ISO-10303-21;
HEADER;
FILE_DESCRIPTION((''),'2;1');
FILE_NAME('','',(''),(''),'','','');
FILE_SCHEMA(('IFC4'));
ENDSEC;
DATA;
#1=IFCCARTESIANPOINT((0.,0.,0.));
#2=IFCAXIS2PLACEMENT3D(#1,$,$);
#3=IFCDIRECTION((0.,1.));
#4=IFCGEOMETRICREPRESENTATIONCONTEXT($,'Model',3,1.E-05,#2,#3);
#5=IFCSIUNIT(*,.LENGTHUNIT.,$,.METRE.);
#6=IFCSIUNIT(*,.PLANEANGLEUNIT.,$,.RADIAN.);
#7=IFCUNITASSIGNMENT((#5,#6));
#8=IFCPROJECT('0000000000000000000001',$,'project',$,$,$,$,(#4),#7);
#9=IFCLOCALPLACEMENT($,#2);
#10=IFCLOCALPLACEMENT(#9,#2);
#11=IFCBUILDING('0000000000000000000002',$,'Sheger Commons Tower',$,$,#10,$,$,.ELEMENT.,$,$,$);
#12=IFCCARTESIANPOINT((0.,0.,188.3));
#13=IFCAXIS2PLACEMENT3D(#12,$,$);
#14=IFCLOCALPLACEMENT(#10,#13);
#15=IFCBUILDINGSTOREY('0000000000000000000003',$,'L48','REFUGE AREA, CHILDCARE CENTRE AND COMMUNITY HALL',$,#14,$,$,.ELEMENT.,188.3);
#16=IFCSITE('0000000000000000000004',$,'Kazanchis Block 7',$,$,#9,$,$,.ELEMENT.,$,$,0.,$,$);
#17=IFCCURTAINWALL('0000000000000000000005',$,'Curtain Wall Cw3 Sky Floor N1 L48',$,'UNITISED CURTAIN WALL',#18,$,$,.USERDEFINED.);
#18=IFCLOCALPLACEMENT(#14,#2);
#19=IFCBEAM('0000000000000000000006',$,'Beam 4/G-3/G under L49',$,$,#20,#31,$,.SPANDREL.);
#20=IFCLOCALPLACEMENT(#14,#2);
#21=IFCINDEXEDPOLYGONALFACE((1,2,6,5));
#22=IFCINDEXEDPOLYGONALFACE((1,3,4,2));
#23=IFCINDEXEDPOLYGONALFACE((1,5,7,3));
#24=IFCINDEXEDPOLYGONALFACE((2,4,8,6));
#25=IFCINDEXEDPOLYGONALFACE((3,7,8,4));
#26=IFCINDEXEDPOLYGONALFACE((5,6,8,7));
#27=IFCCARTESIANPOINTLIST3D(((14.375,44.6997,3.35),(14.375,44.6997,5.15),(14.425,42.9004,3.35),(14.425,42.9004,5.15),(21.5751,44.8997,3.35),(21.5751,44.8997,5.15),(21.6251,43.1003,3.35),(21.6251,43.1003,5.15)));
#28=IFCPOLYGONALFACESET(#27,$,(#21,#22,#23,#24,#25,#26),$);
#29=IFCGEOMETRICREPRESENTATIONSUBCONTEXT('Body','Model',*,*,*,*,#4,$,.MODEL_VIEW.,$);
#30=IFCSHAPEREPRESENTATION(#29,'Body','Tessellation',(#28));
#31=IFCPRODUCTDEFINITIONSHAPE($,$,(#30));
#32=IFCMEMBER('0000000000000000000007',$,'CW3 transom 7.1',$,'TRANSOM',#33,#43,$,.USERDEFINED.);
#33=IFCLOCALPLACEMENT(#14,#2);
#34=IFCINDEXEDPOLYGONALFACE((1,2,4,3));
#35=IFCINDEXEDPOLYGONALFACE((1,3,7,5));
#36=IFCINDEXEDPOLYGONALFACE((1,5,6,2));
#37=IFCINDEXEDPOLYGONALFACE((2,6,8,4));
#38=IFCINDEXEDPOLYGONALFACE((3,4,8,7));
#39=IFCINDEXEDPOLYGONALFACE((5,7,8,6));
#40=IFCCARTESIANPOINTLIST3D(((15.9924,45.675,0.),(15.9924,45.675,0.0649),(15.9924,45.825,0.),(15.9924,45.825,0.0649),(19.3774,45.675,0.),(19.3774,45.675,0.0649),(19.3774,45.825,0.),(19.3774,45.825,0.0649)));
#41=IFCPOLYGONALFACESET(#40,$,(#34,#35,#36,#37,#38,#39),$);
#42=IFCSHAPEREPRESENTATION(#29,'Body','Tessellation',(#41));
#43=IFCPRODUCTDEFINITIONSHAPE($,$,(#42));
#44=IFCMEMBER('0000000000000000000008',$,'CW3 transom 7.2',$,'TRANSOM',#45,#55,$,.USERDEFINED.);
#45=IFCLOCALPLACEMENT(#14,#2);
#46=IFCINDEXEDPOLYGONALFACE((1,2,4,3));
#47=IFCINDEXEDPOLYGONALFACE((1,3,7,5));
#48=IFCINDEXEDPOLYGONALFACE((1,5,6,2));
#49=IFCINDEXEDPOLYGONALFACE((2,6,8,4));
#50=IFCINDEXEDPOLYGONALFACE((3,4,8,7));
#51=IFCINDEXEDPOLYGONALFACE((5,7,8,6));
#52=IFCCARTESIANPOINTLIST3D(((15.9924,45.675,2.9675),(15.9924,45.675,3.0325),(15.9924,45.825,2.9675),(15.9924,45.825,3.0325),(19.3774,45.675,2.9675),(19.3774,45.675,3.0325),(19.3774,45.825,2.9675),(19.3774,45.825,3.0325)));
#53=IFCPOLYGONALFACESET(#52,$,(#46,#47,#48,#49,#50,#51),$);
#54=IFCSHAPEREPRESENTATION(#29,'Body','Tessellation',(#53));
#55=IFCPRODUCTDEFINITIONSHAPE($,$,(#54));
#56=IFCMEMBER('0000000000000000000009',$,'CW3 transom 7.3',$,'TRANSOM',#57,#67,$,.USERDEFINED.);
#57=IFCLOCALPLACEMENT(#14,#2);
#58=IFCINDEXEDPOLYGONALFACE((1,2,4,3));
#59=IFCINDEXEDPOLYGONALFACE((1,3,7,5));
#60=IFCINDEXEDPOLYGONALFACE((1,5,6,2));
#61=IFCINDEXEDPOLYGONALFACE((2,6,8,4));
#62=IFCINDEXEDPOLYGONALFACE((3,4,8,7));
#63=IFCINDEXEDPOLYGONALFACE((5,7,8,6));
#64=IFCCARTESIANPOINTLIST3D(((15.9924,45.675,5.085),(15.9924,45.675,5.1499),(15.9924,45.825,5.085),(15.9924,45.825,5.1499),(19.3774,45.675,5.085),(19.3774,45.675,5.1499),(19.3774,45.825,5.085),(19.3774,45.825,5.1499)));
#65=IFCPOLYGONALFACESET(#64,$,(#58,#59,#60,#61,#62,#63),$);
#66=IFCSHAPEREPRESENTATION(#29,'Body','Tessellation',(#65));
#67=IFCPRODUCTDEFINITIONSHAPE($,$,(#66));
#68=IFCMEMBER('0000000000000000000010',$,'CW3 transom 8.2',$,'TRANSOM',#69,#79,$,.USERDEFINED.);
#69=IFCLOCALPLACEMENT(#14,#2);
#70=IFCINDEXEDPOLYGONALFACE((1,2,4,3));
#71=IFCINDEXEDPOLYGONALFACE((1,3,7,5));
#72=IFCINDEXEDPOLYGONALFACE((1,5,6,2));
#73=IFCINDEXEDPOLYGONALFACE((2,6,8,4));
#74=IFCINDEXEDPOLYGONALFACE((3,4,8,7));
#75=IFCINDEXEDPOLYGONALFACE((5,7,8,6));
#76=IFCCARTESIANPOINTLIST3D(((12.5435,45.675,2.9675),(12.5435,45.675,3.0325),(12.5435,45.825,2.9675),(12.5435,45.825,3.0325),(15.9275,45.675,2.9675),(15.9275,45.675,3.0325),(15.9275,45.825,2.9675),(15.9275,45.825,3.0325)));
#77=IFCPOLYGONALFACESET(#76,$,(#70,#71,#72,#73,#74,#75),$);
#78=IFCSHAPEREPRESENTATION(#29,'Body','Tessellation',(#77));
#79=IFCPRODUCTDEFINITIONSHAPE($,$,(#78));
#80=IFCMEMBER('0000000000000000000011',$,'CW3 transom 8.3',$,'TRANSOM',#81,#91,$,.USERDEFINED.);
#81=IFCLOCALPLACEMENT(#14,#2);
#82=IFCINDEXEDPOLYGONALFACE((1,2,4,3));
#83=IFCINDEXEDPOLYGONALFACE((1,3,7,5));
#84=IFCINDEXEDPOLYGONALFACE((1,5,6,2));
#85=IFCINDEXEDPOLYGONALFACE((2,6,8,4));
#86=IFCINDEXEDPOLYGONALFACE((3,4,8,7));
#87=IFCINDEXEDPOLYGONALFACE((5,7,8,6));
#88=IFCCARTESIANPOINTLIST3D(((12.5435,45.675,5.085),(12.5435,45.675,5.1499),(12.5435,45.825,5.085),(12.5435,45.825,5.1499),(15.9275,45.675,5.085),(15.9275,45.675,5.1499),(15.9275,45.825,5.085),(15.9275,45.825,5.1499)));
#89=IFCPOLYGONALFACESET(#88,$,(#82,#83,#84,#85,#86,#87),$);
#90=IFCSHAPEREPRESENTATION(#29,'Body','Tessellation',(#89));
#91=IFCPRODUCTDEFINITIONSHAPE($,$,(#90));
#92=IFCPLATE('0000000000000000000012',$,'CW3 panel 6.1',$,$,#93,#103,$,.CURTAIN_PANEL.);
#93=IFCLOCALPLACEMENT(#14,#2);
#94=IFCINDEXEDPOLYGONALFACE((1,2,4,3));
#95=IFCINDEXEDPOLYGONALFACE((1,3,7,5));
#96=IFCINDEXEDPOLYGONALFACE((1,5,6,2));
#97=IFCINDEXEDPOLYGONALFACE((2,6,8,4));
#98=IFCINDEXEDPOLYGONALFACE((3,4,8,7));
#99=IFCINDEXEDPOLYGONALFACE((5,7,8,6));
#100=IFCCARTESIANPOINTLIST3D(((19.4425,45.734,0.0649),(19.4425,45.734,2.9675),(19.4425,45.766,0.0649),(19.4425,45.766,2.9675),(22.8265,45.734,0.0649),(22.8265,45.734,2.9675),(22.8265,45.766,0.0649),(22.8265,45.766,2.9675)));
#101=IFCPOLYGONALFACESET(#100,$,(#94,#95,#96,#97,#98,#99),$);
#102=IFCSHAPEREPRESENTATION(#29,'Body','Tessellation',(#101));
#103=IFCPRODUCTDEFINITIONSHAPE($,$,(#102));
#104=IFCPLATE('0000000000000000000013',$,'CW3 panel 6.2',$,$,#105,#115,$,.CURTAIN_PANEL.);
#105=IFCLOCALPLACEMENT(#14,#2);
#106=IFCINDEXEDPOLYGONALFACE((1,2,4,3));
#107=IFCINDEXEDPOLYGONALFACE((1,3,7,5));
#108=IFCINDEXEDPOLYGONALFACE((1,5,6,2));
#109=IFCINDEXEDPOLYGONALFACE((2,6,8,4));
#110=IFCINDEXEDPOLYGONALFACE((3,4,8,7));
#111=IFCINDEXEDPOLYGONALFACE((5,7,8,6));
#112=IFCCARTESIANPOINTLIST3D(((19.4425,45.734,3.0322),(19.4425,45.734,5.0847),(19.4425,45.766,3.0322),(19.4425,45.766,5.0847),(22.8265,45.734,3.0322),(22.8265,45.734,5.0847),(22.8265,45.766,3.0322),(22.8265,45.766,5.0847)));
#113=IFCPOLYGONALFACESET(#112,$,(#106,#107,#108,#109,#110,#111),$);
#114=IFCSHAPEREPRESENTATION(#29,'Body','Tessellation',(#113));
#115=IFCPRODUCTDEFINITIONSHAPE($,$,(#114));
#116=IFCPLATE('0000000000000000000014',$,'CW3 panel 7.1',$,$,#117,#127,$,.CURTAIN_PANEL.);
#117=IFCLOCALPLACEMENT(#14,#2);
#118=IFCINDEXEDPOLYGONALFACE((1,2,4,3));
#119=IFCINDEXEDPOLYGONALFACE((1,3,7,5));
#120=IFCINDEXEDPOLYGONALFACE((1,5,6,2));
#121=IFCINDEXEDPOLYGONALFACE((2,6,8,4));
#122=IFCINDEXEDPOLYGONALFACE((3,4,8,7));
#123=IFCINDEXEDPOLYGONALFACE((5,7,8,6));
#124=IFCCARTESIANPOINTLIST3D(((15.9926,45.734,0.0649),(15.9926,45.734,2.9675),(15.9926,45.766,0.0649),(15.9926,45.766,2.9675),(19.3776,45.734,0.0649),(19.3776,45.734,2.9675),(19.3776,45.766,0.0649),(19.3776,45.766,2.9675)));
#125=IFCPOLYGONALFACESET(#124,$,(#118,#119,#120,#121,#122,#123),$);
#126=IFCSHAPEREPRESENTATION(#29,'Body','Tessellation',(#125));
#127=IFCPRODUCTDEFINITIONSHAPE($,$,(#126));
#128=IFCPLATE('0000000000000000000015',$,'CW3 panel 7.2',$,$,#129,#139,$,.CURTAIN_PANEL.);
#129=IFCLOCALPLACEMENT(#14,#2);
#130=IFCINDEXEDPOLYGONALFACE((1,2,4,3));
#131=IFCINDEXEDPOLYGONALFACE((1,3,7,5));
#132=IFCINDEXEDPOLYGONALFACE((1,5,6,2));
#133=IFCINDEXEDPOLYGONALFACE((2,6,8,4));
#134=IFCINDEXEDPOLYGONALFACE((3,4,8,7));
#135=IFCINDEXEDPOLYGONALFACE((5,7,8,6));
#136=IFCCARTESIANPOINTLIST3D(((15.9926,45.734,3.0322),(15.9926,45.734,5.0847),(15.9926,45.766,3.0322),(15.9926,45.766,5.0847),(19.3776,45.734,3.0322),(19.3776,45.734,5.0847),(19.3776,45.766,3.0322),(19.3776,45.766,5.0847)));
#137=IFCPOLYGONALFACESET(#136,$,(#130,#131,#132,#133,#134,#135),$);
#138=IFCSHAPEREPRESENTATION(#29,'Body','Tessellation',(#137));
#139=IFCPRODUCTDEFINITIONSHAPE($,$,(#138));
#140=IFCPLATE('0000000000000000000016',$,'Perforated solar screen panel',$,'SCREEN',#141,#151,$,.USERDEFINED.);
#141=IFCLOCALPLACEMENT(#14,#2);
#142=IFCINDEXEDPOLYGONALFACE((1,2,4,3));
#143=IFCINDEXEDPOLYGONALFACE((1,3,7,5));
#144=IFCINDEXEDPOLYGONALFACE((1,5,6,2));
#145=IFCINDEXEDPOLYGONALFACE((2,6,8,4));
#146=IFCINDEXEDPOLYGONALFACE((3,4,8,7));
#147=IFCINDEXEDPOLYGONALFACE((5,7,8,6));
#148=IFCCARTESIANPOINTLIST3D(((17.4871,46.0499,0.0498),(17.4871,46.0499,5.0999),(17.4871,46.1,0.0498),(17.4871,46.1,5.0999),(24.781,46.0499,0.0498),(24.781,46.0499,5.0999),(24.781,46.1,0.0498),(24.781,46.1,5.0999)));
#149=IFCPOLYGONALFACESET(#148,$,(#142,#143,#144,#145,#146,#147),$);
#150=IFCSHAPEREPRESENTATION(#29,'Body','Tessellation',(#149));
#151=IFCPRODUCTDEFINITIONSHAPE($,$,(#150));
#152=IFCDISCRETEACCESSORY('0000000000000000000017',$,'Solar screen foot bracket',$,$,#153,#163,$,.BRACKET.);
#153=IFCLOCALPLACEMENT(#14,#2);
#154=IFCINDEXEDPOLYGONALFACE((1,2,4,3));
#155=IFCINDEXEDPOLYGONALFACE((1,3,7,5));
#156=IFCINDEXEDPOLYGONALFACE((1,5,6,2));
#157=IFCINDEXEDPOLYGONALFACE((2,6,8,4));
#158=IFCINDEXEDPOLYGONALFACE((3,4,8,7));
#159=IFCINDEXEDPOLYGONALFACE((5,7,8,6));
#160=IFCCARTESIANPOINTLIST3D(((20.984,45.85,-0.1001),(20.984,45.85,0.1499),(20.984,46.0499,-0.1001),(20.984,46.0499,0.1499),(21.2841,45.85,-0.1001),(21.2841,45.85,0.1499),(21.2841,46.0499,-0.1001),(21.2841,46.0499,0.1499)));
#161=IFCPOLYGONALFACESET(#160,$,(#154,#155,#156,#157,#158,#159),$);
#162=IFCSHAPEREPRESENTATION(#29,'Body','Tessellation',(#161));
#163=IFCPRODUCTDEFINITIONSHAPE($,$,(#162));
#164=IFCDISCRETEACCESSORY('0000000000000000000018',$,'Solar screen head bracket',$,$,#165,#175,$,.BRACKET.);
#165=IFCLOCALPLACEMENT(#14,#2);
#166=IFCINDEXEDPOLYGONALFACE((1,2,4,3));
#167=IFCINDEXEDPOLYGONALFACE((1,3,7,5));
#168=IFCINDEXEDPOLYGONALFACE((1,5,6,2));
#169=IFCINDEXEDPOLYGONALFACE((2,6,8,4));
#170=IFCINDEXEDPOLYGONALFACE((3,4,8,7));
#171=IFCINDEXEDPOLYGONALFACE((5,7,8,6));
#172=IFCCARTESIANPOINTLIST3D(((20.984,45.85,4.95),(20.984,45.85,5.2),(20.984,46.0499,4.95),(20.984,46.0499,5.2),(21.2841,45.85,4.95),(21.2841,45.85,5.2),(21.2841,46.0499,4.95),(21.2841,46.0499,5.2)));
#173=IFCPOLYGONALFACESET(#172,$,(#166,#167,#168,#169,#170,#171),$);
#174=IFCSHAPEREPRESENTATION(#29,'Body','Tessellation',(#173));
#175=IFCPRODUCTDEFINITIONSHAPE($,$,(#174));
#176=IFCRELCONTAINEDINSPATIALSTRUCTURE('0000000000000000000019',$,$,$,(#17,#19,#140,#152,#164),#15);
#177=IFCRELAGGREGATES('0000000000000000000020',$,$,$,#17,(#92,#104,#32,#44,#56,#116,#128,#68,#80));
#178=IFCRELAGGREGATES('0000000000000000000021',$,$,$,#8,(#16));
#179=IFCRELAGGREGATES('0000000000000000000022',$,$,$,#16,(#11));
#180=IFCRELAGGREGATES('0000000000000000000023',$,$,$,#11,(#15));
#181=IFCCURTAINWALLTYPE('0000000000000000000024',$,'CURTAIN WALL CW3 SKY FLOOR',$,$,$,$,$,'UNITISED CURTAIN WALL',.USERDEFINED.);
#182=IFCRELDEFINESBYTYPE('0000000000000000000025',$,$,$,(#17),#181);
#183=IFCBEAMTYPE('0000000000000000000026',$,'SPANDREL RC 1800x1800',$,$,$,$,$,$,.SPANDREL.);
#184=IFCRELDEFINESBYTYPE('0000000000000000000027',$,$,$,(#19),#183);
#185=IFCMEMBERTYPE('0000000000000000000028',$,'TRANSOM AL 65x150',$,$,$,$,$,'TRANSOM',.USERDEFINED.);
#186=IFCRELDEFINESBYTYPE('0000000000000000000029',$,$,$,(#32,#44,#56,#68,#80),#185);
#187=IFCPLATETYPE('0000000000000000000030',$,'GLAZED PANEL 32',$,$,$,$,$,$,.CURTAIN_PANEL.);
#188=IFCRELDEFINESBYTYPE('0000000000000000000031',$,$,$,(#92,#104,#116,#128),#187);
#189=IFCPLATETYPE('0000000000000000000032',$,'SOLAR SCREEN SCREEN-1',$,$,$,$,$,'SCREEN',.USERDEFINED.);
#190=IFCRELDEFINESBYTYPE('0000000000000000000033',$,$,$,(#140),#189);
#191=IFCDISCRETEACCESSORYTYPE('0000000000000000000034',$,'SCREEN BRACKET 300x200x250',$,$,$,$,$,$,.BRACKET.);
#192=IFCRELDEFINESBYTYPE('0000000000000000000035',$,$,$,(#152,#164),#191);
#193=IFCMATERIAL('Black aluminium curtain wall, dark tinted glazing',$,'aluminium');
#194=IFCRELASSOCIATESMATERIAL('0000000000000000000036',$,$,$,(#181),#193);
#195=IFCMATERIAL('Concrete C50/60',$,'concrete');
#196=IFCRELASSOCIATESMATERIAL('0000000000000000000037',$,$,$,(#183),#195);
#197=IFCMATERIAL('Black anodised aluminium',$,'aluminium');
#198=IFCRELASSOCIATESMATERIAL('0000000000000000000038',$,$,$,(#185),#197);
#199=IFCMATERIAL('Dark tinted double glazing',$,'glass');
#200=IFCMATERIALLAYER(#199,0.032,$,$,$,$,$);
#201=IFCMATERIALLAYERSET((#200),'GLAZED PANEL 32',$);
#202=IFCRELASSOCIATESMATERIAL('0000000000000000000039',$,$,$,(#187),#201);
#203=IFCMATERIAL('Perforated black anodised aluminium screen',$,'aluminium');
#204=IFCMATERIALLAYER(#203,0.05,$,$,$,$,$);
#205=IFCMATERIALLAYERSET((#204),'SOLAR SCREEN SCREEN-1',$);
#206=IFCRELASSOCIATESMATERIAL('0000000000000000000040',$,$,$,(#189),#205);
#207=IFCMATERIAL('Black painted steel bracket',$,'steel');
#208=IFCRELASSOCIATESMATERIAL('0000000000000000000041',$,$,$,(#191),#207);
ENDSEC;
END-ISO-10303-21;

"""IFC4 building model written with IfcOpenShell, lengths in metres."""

from ifc_helpers import new_model, si_unit, direction, frame, origin, origin_2d, place, context, subcontext, project, spatial, rectangle, extrude, material, layer, layer_set, material_profile, profile_set, type_object, element, aggregate, save


model = new_model("IFC4")

# Units and contexts
model_context = context("Model", 3, precision=1e-05, world=origin(), true_north=direction((0.0, 1.0)))
body_context = subcontext(model_context, "Body", "Model", "MODEL_VIEW")
ifc_project = project(units=[si_unit("LENGTHUNIT", "METRE"), si_unit("PLANEANGLEUNIT", "RADIAN")], contexts=[model_context])

# Site, building, storey
site_placement = place(None, origin())
site = spatial("IfcSite", under=ifc_project, at=site_placement, Name="Kazanchis Block 7", CompositionType="ELEMENT", RefElevation=0.0)
building_placement = place(site_placement, origin())
building = spatial("IfcBuilding", under=site, at=building_placement, Name="Sheger Commons Tower", CompositionType="ELEMENT")
storey_placement = place(building_placement, frame((0.0, 0.0, 188.3)))
storey = spatial("IfcBuildingStorey", under=building, at=storey_placement, Name="L48", Description="REFUGE AREA, CHILDCARE CENTRE AND COMMUNITY HALL", CompositionType="ELEMENT", Elevation=188.3)

# Curtain wall
ifc_material_1 = material(Name="Black aluminium curtain wall, dark tinted glazing", Category="aluminium")
curtain_wall_type = type_object("IfcCurtainWallType", Name="CURTAIN WALL CW3 SKY FLOOR", ElementType="UNITISED CURTAIN WALL", PredefinedType="USERDEFINED", material=ifc_material_1)
curtain_wall_placement = place(storey_placement, origin())
curtain_wall = element("IfcCurtainWall", 1, at=curtain_wall_placement, inside=storey, type_object=curtain_wall_type, Name="Curtain Wall Cw3 Sky Floor N1 L48", ObjectType="UNITISED CURTAIN WALL", PredefinedType="USERDEFINED")

# Beam
ifc_material_2 = material(Name="Concrete C50/60", Category="concrete")
ifc_material_profile_1 = material_profile(ifc_material_2, rectangle(XDim=1.8, YDim=1.8, at=origin_2d()), Name="RC 1800x1800")
ifc_profile_set_1 = profile_set([ifc_material_profile_1], Name="Concrete C50/60")
beam_type_1 = type_object("IfcBeamType", Name="SPANDREL RC 1800x1800", PredefinedType="SPANDREL", material=ifc_profile_set_1)
beam_1_placement = place(storey_placement, frame((21.6001, 44.0, 4.25), z_axis=(-0.999615, -0.02776, 0.0), x_axis=(0.02776, -0.999615, 0.0)))
element("IfcBeam", 2, at=beam_1_placement, inside=storey, type_object=beam_type_1, Name="Beam 4/G-3/G under L49", PredefinedType="SPANDREL", context=body_context, shape_type="SweptSolid", body=[
    extrude(rectangle(XDim=1.8, YDim=1.8, at=origin_2d()), origin(), (0.0, 0.0, 1.0), 7.2029),
])

# Members
ifc_material_3 = material(Name="Black anodised aluminium", Category="aluminium")
ifc_material_profile_2 = material_profile(ifc_material_3, rectangle(XDim=0.1499, YDim=0.0649, at=origin_2d()), Name="AL 65x150")
ifc_profile_set_2 = profile_set([ifc_material_profile_2], Name="Black anodised aluminium")
member_type_1 = type_object("IfcMemberType", Name="TRANSOM AL 65x150", ElementType="TRANSOM", PredefinedType="USERDEFINED", material=ifc_profile_set_2)
member_1_placement = place(storey_placement, frame((19.3774, 45.75, 0.0325), z_axis=(-1.0, 0.0, 0.0), x_axis=(0.0, -1.0, 0.0)))
member_1 = element("IfcMember", 3, at=member_1_placement, type_object=member_type_1, Name="CW3 transom 7.1", ObjectType="TRANSOM", PredefinedType="USERDEFINED", context=body_context, shape_type="SweptSolid", body=[
    extrude(rectangle(XDim=0.1499, YDim=0.0649, at=origin_2d()), origin(), (0.0, 0.0, 1.0), 3.385),
])
member_2_placement = place(storey_placement, frame((19.3774, 45.75, 3.0), z_axis=(-1.0, 0.0, 0.0), x_axis=(0.0, -1.0, 0.0)))
member_2 = element("IfcMember", 4, at=member_2_placement, type_object=member_type_1, Name="CW3 transom 7.2", ObjectType="TRANSOM", PredefinedType="USERDEFINED", context=body_context, shape_type="SweptSolid", body=[
    extrude(rectangle(XDim=0.1499, YDim=0.0649, at=origin_2d()), origin(), (0.0, 0.0, 1.0), 3.385),
])
member_3_placement = place(storey_placement, frame((19.3774, 45.75, 5.1174), z_axis=(-1.0, 0.0, 0.0), x_axis=(0.0, -1.0, 0.0)))
member_3 = element("IfcMember", 5, at=member_3_placement, type_object=member_type_1, Name="CW3 transom 7.3", ObjectType="TRANSOM", PredefinedType="USERDEFINED", context=body_context, shape_type="SweptSolid", body=[
    extrude(rectangle(XDim=0.1499, YDim=0.0649, at=origin_2d()), origin(), (0.0, 0.0, 1.0), 3.385),
])
member_4_placement = place(storey_placement, frame((15.9275, 45.75, 3.0), z_axis=(-1.0, 0.0, 0.0), x_axis=(0.0, -1.0, 0.0)))
member_4 = element("IfcMember", 6, at=member_4_placement, type_object=member_type_1, Name="CW3 transom 8.2", ObjectType="TRANSOM", PredefinedType="USERDEFINED", context=body_context, shape_type="SweptSolid", body=[
    extrude(rectangle(XDim=0.1499, YDim=0.0649, at=origin_2d()), origin(), (0.0, 0.0, 1.0), 3.384),
])
member_5_placement = place(storey_placement, frame((15.9275, 45.75, 5.1174), z_axis=(-1.0, 0.0, 0.0), x_axis=(0.0, -1.0, 0.0)))
member_5 = element("IfcMember", 7, at=member_5_placement, type_object=member_type_1, Name="CW3 transom 8.3", ObjectType="TRANSOM", PredefinedType="USERDEFINED", context=body_context, shape_type="SweptSolid", body=[
    extrude(rectangle(XDim=0.1499, YDim=0.0649, at=origin_2d()), origin(), (0.0, 0.0, 1.0), 3.384),
])

# Plates
ifc_material_4 = material(Name="Dark tinted double glazing", Category="glass")
ifc_layer_1 = layer(ifc_material_4, 0.032)
ifc_layer_set_1 = layer_set([ifc_layer_1], Name="GLAZED PANEL 32")
plate_type_1 = type_object("IfcPlateType", Name="GLAZED PANEL 32", PredefinedType="CURTAIN_PANEL", material=ifc_layer_set_1)
plate_1_placement = place(storey_placement, frame((21.1345, 45.75, 0.0649), z_axis=(0.0, 0.0, 1.0), x_axis=(-1.0, 0.0, 0.0)))
plate_1 = element("IfcPlate", 8, at=plate_1_placement, type_object=plate_type_1, Name="CW3 panel 6.1", PredefinedType="CURTAIN_PANEL", context=body_context, shape_type="SweptSolid", body=[
    extrude(rectangle(XDim=3.384, YDim=0.032, at=origin_2d()), origin(), (0.0, 0.0, 1.0), 2.9026),
])
plate_2_placement = place(storey_placement, frame((21.1345, 45.75, 3.0322), z_axis=(0.0, 0.0, 1.0), x_axis=(-1.0, 0.0, 0.0)))
plate_2 = element("IfcPlate", 9, at=plate_2_placement, type_object=plate_type_1, Name="CW3 panel 6.2", PredefinedType="CURTAIN_PANEL", context=body_context, shape_type="SweptSolid", body=[
    extrude(rectangle(XDim=3.384, YDim=0.032, at=origin_2d()), origin(), (0.0, 0.0, 1.0), 2.0525),
])
plate_3_placement = place(storey_placement, frame((17.6851, 45.75, 0.0649), z_axis=(0.0, 0.0, 1.0), x_axis=(-1.0, 0.0, 0.0)))
plate_3 = element("IfcPlate", 10, at=plate_3_placement, type_object=plate_type_1, Name="CW3 panel 7.1", PredefinedType="CURTAIN_PANEL", context=body_context, shape_type="SweptSolid", body=[
    extrude(rectangle(XDim=3.385, YDim=0.032, at=origin_2d()), origin(), (0.0, 0.0, 1.0), 2.9026),
])
plate_4_placement = place(storey_placement, frame((17.6851, 45.75, 3.0322), z_axis=(0.0, 0.0, 1.0), x_axis=(-1.0, 0.0, 0.0)))
plate_4 = element("IfcPlate", 11, at=plate_4_placement, type_object=plate_type_1, Name="CW3 panel 7.2", PredefinedType="CURTAIN_PANEL", context=body_context, shape_type="SweptSolid", body=[
    extrude(rectangle(XDim=3.385, YDim=0.032, at=origin_2d()), origin(), (0.0, 0.0, 1.0), 2.0525),
])
aggregate(curtain_wall, [plate_1, plate_2, member_1, member_2, member_3, plate_3, plate_4, member_4, member_5])
ifc_material_5 = material(Name="Perforated black anodised aluminium screen", Category="aluminium")
ifc_layer_2 = layer(ifc_material_5, 0.05)
ifc_layer_set_2 = layer_set([ifc_layer_2], Name="SOLAR SCREEN SCREEN-1")
plate_type_2 = type_object("IfcPlateType", Name="SOLAR SCREEN SCREEN-1", ElementType="SCREEN", PredefinedType="USERDEFINED", material=ifc_layer_set_2)
plate_5_placement = place(storey_placement, frame((21.134, 46.075, 0.0498), z_axis=(0.0, 0.0, 1.0), x_axis=(-1.0, 0.0, 0.0)))
element("IfcPlate", 12, at=plate_5_placement, inside=storey, type_object=plate_type_2, Name="Perforated solar screen panel", ObjectType="SCREEN", PredefinedType="USERDEFINED", context=body_context, shape_type="SweptSolid", body=[
    extrude(rectangle(XDim=7.2939, YDim=0.05, at=origin_2d()), origin(), (0.0, 0.0, 1.0), 5.05),
])

# Discrete accessories
ifc_material_6 = material(Name="Black painted steel bracket", Category="steel")
discrete_accessory_type = type_object("IfcDiscreteAccessoryType", Name="SCREEN BRACKET 300x200x250", PredefinedType="BRACKET", material=ifc_material_6)
for number, where, z_axis, x_axis, name in (
    (13, (21.134, 45.95, -0.1001), (0.0, 0.0, 1.0), (-1.0, 0.0, 0.0), "Solar screen foot bracket"),
    (14, (21.134, 45.95, 4.95), (0.0, 0.0, 1.0), (-1.0, 0.0, 0.0), "Solar screen head bracket"),
):
    element("IfcDiscreteAccessory", number, at=place(storey_placement, frame(where, z_axis=z_axis, x_axis=x_axis)), inside=storey, type_object=discrete_accessory_type, Name=name, PredefinedType="BRACKET", context=body_context, shape_type="SweptSolid", body=[
        extrude(rectangle(XDim=0.3, YDim=0.2, at=origin_2d()), origin(), (0.0, 0.0, 1.0), 0.25),
    ])

save(model, "model.ifc")
